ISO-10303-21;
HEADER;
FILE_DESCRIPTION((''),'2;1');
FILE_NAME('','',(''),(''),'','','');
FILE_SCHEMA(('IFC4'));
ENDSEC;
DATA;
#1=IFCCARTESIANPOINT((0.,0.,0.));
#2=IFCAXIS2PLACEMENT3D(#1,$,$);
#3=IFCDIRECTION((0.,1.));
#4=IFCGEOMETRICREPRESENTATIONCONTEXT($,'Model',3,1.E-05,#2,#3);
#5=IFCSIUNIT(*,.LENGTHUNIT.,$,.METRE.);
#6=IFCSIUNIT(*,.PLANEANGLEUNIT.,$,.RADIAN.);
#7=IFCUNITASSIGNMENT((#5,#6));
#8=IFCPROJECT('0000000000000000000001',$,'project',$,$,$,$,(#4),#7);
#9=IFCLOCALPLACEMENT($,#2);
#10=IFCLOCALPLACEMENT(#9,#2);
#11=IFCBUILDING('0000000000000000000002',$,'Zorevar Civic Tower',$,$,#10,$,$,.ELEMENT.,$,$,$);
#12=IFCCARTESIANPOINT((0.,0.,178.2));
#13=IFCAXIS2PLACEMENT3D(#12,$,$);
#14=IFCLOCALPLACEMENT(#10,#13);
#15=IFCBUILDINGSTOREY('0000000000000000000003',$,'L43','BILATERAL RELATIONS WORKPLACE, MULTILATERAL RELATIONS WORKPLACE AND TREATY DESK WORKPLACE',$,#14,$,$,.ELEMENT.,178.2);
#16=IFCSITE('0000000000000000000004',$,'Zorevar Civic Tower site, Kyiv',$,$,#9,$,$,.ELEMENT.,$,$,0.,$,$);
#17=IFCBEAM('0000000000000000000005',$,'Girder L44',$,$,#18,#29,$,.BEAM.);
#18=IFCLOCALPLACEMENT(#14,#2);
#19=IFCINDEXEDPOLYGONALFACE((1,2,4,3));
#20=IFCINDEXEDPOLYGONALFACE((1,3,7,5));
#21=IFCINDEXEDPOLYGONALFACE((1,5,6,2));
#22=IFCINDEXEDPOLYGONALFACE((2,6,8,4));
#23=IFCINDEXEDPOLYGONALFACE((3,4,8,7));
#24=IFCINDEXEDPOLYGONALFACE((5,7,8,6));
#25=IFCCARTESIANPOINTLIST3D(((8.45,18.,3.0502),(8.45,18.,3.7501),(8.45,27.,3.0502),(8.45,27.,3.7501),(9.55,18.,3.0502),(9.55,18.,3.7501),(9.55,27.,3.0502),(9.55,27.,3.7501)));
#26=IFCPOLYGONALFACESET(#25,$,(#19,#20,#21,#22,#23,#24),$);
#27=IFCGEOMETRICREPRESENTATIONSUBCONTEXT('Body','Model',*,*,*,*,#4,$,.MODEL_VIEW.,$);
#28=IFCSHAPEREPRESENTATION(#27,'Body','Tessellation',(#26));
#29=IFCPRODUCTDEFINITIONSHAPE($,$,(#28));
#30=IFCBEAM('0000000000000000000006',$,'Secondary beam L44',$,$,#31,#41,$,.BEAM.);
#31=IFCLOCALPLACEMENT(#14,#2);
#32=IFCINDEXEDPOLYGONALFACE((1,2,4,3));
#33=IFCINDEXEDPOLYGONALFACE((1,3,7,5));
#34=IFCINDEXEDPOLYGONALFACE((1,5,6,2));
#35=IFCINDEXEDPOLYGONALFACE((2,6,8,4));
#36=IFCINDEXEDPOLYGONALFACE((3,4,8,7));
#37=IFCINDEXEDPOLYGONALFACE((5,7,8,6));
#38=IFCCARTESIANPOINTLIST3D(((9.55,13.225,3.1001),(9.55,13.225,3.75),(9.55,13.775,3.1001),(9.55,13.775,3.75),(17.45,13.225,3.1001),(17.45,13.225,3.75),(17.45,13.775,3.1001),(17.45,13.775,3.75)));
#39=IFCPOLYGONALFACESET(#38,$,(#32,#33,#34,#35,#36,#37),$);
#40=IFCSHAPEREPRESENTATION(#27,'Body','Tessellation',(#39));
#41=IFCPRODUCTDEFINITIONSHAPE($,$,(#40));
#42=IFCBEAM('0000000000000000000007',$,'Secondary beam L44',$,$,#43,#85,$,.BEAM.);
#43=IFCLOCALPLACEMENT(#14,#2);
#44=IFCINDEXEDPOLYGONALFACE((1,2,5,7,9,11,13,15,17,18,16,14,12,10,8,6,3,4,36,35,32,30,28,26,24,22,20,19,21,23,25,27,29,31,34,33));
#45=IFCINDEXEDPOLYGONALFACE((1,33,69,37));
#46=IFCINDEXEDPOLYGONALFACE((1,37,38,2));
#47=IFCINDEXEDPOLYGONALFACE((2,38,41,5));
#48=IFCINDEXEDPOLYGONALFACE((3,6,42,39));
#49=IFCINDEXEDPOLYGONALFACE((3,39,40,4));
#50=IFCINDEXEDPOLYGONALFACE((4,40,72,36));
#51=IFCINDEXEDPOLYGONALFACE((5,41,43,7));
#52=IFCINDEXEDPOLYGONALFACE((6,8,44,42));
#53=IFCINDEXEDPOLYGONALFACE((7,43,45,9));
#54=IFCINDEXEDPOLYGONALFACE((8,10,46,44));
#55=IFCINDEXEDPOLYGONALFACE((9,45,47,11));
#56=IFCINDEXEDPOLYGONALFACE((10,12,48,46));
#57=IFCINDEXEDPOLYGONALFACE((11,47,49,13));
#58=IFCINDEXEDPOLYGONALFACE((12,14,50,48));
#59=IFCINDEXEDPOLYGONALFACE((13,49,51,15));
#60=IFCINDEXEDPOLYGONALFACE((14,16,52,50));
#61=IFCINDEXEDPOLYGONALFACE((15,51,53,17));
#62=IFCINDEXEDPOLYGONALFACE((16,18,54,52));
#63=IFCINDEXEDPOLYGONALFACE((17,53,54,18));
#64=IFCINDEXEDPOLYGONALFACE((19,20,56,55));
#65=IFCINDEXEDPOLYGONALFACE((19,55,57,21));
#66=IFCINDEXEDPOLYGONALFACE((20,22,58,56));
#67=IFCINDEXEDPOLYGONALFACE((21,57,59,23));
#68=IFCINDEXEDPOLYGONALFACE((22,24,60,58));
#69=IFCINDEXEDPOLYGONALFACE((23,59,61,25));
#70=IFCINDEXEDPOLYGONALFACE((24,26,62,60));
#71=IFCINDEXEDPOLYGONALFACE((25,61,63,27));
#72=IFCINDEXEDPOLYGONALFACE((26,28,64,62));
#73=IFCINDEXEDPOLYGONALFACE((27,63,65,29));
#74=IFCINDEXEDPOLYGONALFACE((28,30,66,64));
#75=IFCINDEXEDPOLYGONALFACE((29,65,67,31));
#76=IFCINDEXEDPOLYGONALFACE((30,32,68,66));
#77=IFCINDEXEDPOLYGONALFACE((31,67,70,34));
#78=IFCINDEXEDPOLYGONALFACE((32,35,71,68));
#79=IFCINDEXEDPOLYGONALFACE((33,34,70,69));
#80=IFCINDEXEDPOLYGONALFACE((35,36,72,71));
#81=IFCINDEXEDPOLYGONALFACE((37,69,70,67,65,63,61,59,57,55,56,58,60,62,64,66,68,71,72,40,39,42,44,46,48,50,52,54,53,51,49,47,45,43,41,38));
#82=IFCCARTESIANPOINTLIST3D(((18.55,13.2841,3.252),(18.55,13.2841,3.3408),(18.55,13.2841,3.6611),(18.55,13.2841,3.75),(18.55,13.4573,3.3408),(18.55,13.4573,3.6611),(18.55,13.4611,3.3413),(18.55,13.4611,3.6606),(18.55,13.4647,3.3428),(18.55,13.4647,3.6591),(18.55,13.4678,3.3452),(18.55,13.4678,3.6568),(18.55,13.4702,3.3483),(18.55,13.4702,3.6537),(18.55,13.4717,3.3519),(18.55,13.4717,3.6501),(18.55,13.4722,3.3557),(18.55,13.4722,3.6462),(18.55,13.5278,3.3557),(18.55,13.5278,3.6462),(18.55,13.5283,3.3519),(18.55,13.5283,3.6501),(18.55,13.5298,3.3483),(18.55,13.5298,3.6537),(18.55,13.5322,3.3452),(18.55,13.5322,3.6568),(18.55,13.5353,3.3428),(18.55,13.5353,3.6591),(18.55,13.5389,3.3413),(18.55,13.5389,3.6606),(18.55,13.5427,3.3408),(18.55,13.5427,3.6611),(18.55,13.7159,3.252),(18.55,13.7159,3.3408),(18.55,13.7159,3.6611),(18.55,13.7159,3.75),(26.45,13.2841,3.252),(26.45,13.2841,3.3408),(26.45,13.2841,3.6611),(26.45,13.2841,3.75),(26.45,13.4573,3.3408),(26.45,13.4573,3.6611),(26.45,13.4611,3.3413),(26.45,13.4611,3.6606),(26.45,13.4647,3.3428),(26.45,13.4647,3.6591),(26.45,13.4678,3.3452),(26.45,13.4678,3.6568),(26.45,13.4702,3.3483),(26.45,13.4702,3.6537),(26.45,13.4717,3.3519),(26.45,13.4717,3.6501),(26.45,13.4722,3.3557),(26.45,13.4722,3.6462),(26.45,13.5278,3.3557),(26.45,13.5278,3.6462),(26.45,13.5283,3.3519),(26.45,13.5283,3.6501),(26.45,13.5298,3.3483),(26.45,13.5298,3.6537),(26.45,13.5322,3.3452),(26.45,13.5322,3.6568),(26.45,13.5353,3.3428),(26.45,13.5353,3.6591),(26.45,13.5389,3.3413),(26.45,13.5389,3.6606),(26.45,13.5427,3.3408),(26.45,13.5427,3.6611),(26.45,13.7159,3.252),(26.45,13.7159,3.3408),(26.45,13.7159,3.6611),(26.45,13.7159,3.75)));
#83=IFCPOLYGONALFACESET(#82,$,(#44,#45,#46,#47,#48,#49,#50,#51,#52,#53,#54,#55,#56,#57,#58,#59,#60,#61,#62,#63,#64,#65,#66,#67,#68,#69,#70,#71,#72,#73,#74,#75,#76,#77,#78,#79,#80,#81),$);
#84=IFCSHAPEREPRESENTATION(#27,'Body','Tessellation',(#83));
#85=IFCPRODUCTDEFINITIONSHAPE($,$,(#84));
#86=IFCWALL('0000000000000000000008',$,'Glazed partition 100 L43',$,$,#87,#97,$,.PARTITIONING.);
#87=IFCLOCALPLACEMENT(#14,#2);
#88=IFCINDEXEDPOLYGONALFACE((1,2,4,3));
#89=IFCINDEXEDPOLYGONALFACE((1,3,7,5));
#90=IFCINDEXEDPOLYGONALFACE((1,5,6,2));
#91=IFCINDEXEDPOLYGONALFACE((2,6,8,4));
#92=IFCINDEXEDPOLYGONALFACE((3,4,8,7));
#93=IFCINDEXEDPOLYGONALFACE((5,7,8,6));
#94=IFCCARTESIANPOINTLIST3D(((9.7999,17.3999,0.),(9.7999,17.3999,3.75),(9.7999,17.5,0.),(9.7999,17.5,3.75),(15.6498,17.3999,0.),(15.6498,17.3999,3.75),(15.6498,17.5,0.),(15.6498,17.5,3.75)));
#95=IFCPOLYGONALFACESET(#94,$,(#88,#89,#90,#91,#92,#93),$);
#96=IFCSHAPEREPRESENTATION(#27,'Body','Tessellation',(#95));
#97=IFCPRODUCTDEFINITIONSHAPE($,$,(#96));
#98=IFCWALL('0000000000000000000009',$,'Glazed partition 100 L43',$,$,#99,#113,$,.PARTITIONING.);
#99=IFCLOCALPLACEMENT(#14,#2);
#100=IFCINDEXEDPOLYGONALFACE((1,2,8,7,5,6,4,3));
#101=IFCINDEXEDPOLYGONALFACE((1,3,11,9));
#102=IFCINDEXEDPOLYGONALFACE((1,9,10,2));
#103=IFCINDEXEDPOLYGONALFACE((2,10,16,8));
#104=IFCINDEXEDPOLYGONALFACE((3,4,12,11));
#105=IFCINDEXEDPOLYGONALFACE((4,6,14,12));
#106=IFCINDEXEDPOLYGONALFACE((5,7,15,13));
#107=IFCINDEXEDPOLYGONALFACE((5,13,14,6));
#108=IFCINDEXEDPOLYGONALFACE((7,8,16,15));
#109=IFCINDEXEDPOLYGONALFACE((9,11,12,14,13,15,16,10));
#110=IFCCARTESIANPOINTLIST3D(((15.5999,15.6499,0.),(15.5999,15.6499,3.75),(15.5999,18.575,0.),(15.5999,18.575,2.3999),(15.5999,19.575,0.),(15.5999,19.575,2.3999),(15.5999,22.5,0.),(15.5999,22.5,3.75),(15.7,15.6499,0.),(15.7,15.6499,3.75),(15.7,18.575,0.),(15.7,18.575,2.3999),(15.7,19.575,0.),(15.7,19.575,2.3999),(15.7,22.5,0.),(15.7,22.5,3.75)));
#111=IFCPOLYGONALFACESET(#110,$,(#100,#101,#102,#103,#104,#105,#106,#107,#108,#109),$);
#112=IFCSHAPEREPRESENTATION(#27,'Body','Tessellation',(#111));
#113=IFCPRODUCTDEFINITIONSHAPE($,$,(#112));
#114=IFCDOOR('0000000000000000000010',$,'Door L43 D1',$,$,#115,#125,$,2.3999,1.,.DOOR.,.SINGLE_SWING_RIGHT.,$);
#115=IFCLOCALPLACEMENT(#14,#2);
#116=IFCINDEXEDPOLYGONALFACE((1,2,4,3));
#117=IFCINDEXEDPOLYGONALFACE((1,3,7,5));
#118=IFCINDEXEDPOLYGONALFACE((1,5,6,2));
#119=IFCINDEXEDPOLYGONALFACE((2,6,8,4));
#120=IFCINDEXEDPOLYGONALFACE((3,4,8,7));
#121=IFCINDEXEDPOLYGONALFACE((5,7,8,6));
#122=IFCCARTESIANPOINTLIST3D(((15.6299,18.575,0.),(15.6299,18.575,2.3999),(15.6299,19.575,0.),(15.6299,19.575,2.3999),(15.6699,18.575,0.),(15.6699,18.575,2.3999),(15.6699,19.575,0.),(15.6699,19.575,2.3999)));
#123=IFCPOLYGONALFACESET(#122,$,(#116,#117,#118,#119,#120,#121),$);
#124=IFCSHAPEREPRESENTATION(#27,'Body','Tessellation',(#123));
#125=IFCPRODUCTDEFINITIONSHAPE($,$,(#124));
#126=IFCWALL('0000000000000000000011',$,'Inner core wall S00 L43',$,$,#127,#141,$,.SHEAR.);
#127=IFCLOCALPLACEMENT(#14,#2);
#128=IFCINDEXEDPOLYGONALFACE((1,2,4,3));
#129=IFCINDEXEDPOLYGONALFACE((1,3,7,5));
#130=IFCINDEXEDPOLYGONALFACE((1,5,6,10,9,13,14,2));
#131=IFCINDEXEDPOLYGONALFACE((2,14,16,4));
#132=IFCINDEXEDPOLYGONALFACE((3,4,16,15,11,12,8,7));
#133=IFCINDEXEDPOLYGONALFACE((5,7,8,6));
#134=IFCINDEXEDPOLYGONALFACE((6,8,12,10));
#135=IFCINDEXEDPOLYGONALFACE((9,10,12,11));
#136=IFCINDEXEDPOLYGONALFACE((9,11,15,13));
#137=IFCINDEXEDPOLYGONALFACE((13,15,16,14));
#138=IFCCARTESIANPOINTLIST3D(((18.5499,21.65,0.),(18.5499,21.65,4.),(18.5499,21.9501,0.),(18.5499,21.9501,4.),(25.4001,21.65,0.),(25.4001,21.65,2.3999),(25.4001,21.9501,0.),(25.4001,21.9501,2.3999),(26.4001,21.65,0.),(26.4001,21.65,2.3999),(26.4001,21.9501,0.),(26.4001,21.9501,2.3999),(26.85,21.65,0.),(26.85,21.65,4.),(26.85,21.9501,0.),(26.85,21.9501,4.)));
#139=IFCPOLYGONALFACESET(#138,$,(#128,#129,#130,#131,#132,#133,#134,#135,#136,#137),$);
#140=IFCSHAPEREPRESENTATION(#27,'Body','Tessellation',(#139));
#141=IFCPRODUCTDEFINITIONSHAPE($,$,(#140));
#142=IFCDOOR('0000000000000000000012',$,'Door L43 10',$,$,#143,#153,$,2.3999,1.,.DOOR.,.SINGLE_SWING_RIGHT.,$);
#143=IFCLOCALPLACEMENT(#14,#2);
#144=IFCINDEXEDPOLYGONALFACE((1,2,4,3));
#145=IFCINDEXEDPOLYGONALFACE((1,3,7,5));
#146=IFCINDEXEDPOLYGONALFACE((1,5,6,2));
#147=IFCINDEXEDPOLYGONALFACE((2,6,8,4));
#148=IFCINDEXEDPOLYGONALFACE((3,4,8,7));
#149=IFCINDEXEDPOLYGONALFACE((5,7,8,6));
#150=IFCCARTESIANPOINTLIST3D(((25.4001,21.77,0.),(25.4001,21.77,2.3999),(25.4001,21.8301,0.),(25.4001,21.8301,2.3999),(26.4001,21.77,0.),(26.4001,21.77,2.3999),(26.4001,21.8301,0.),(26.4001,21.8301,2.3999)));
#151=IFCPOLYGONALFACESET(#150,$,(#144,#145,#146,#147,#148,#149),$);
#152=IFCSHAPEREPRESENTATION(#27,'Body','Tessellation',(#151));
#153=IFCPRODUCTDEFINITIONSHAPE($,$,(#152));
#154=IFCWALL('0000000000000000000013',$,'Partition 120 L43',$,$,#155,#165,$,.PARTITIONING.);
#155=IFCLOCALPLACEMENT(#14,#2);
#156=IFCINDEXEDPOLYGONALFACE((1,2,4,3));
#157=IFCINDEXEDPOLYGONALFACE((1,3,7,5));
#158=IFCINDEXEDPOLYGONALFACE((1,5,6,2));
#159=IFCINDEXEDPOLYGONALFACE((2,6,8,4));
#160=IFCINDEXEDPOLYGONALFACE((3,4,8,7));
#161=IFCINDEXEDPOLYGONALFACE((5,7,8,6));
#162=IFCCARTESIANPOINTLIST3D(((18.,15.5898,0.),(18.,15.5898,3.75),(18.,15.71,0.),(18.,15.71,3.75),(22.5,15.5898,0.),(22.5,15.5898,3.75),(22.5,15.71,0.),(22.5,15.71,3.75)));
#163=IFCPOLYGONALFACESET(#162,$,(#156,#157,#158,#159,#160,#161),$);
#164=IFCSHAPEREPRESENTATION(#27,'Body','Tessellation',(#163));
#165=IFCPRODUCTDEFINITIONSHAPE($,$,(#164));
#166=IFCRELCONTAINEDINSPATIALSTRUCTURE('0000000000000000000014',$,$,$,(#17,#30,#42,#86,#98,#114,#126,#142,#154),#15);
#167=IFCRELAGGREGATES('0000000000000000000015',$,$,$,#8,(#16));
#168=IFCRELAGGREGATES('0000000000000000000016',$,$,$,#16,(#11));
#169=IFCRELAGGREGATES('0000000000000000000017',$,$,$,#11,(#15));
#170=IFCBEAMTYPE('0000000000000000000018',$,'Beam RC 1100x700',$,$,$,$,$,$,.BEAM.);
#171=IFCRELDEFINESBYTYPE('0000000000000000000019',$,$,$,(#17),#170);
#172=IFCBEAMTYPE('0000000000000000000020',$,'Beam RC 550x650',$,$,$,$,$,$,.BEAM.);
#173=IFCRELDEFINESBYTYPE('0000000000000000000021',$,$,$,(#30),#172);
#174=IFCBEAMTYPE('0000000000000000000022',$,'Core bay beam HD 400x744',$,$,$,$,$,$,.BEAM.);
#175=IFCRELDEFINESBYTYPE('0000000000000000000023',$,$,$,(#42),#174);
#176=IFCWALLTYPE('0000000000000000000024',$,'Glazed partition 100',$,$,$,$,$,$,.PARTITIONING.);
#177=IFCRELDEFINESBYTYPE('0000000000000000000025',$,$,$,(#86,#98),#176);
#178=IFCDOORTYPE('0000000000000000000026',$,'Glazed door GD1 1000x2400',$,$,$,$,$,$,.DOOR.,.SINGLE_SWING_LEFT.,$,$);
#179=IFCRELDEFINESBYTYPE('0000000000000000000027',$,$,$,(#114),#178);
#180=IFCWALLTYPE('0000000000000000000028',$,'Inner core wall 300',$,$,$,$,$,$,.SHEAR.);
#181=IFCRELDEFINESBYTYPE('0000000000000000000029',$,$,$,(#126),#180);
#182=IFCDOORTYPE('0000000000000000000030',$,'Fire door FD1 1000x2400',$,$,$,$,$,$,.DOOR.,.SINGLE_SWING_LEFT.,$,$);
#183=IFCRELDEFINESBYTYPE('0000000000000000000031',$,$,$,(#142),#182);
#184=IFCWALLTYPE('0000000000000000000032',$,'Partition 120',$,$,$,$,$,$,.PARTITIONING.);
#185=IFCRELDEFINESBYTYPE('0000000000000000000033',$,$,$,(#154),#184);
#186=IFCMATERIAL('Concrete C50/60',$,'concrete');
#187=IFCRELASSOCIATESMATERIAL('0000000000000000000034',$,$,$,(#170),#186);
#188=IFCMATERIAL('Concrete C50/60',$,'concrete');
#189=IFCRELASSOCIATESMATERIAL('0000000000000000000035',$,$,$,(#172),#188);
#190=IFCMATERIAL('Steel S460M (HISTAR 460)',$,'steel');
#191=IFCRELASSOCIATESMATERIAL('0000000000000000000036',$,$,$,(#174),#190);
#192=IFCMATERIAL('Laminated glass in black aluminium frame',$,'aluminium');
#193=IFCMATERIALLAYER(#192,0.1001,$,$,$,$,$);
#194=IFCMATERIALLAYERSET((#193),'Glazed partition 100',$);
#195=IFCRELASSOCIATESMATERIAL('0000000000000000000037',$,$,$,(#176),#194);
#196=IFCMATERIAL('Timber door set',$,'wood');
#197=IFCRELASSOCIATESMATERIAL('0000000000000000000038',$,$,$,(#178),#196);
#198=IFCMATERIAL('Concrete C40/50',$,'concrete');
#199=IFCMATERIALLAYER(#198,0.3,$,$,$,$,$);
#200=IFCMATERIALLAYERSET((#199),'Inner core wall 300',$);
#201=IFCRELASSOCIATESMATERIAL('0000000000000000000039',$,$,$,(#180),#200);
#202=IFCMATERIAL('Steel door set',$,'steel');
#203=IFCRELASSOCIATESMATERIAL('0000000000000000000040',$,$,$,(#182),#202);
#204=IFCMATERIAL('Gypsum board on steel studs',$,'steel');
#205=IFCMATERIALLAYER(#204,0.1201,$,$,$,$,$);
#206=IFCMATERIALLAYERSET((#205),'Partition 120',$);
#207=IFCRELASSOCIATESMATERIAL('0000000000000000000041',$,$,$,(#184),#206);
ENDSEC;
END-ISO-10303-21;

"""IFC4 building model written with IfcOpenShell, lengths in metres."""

from ifc_helpers import new_model, si_unit, direction, frame, frame_2d, origin, origin_2d, place, context, subcontext, project, spatial, rectangle, i_section, extrude, material, layer, layer_set, material_profile, profile_set, type_object, element, fill, save


model = new_model("IFC4")

# Units and contexts
model_context = context("Model", 3, precision=1e-05, world=origin(), true_north=direction((0.0, 1.0)))
body_context = subcontext(model_context, "Body", "Model", "MODEL_VIEW")
ifc_project = project(units=[si_unit("LENGTHUNIT", "METRE"), si_unit("PLANEANGLEUNIT", "RADIAN")], contexts=[model_context])

# Site, building, storey
site_placement = place(None, origin())
site = spatial("IfcSite", under=ifc_project, at=site_placement, Name="Zorevar Civic Tower site, Kyiv", CompositionType="ELEMENT", RefElevation=0.0)
building_placement = place(site_placement, origin())
building = spatial("IfcBuilding", under=site, at=building_placement, Name="Zorevar Civic Tower", CompositionType="ELEMENT")
storey_placement = place(building_placement, frame((0.0, 0.0, 178.2)))
storey = spatial("IfcBuildingStorey", under=building, at=storey_placement, Name="L43", Description="BILATERAL RELATIONS WORKPLACE, MULTILATERAL RELATIONS WORKPLACE AND TREATY DESK WORKPLACE", CompositionType="ELEMENT", Elevation=178.2)

# Beams
ifc_material_1 = material(Name="Concrete C50/60", Category="concrete")
ifc_material_profile_1 = material_profile(ifc_material_1, rectangle(XDim=1.1001, YDim=0.7, at=origin_2d()), Name="RC 1100x700")
ifc_profile_set_1 = profile_set([ifc_material_profile_1], Name="Concrete C50/60")
beam_type_1 = type_object("IfcBeamType", Name="Beam RC 1100x700", PredefinedType="BEAM", material=ifc_profile_set_1)
beam_1_placement = place(storey_placement, frame((9.0, 18.0, 3.4001), z_axis=(0.0, 1.0, 0.0), x_axis=(-1.0, 0.0, 0.0)))
element("IfcBeam", 1, at=beam_1_placement, inside=storey, type_object=beam_type_1, Name="Girder L44", PredefinedType="BEAM", context=body_context, shape_type="SweptSolid", body=[
    extrude(rectangle(XDim=1.1001, YDim=0.7, at=origin_2d()), origin(), (0.0, 0.0, 1.0), 9.0),
])
ifc_material_2 = material(Name="Concrete C50/60", Category="concrete")
ifc_material_profile_2 = material_profile(ifc_material_2, rectangle(XDim=0.55, YDim=0.6499, at=origin_2d()), Name="RC 550x650")
ifc_profile_set_2 = profile_set([ifc_material_profile_2], Name="Concrete C50/60")
beam_type_2 = type_object("IfcBeamType", Name="Beam RC 550x650", PredefinedType="BEAM", material=ifc_profile_set_2)
beam_2_placement = place(storey_placement, frame((9.55, 13.5, 3.425), z_axis=(1.0, 0.0, 0.0), x_axis=(0.0, 1.0, 0.0)))
element("IfcBeam", 2, at=beam_2_placement, inside=storey, type_object=beam_type_2, Name="Secondary beam L44", PredefinedType="BEAM", context=body_context, shape_type="SweptSolid", body=[
    extrude(rectangle(XDim=0.55, YDim=0.6499, at=origin_2d()), origin(), (0.0, 0.0, 1.0), 7.8999),
])
ifc_material_3 = material(Name="Steel S460M (HISTAR 460)", Category="steel")
ifc_material_profile_3 = material_profile(ifc_material_3, i_section(OverallWidth=0.4319, OverallDepth=0.498, WebThickness=0.0557, FlangeThickness=0.0889, FilletRadius=0.0149, at=origin_2d()), Name="HD 400x744")
ifc_profile_set_3 = profile_set([ifc_material_profile_3], Name="Steel S460M (HISTAR 460)")
beam_type_3 = type_object("IfcBeamType", Name="Core bay beam HD 400x744", PredefinedType="BEAM", material=ifc_profile_set_3)
beam_3_placement = place(storey_placement, frame((18.55, 13.5, 3.501), z_axis=(1.0, 0.0, 0.0), x_axis=(0.0, 1.0, 0.0)))
element("IfcBeam", 3, at=beam_3_placement, inside=storey, type_object=beam_type_3, Name="Secondary beam L44", PredefinedType="BEAM", context=body_context, shape_type="SweptSolid", body=[
    extrude(i_section(OverallWidth=0.4319, OverallDepth=0.498, WebThickness=0.0557, FlangeThickness=0.0889, FilletRadius=0.0149, at=origin_2d()), origin(), (0.0, 0.0, 1.0), 7.8999),
])

# Shared definitions
ifc_material_4 = material(Name="Laminated glass in black aluminium frame", Category="aluminium")
ifc_layer_1 = layer(ifc_material_4, 0.1001)
ifc_layer_set_1 = layer_set([ifc_layer_1], Name="Glazed partition 100")
wall_type_1 = type_object("IfcWallType", Name="Glazed partition 100", PredefinedType="PARTITIONING", material=ifc_layer_set_1)
ifc_material_5 = material(Name="Timber door set", Category="wood")
door_type_1 = type_object("IfcDoorType", Name="Glazed door GD1 1000x2400", OperationType="SINGLE_SWING_LEFT", PredefinedType="DOOR", material=ifc_material_5)

# Wall
wall_1_placement = place(storey_placement, frame((9.8, 17.45, 0.0), z_axis=(0.0, 0.0, 1.0), x_axis=(1.0, 0.0, 0.0)))
element("IfcWall", 4, at=wall_1_placement, inside=storey, type_object=wall_type_1, Name="Glazed partition 100 L43", PredefinedType="PARTITIONING", context=body_context, shape_type="SweptSolid", body=[
    extrude(rectangle(XDim=5.8499, YDim=0.1001, at=frame_2d((2.9248, 0.0))), origin(), (0.0, 0.0, 1.0), 3.75),
])

# Walls, openings, doors
wall_2_placement = place(storey_placement, frame((15.6499, 15.6499, 0.0), z_axis=(0.0, 0.0, 1.0), x_axis=(0.0, 1.0, 0.0)))
wall_2 = element("IfcWall", 5, at=wall_2_placement, inside=storey, type_object=wall_type_1, Name="Glazed partition 100 L43", PredefinedType="PARTITIONING", context=body_context, shape_type="SweptSolid", body=[
    extrude(rectangle(XDim=6.8501, YDim=0.1001, at=frame_2d((3.425, 0.0))), origin(), (0.0, 0.0, 1.0), 3.75),
])
opening_1_placement = place(wall_2_placement, frame((2.925, 0.0, 0.0)))
opening_1 = element("IfcOpeningElement", 6, at=opening_1_placement, cuts=wall_2, PredefinedType="OPENING", context=body_context, shape_type="SweptSolid", body=[
    extrude(rectangle(XDim=1.0, YDim=2.3999, at=frame_2d((0.5, 1.2))), frame((0.0, 0.0601, 0.0), z_axis=(0.0, -1.0, 0.0), x_axis=(1.0, 0.0, 0.0)), (0.0, 0.0, 1.0), 0.1201),
])
door_1_placement = place(opening_1_placement, origin())
door_1 = element("IfcDoor", 7, at=door_1_placement, inside=storey, type_object=door_type_1, Name="Door L43 D1", OperationType="SINGLE_SWING_RIGHT", OverallHeight=2.3999, OverallWidth=1.0, PredefinedType="DOOR", context=body_context, shape_type="SweptSolid", body=[
    extrude(rectangle(XDim=1.0, YDim=2.3999, at=frame_2d((0.5, 1.2))), frame((0.0, 0.02, 0.0), z_axis=(0.0, -1.0, 0.0), x_axis=(1.0, 0.0, 0.0)), (0.0, 0.0, 1.0), 0.04),
])
fill(opening_1, door_1)
ifc_material_6 = material(Name="Concrete C40/50", Category="concrete")
ifc_layer_2 = layer(ifc_material_6, 0.3)
ifc_layer_set_2 = layer_set([ifc_layer_2], Name="Inner core wall 300")
wall_type_2 = type_object("IfcWallType", Name="Inner core wall 300", PredefinedType="SHEAR", material=ifc_layer_set_2)
wall_3_placement = place(storey_placement, frame((18.55, 21.8, 0.0), z_axis=(0.0, 0.0, 1.0), x_axis=(1.0, 0.0, 0.0)))
wall_3 = element("IfcWall", 8, at=wall_3_placement, inside=storey, type_object=wall_type_2, Name="Inner core wall S00 L43", PredefinedType="SHEAR", context=body_context, shape_type="SweptSolid", body=[
    extrude(rectangle(XDim=8.3, YDim=0.3, at=frame_2d((4.1499, 0.0))), origin(), (0.0, 0.0, 1.0), 4.0),
])
opening_2_placement = place(wall_3_placement, frame((6.8501, 0.0, 0.0)))
opening_2 = element("IfcOpeningElement", 9, at=opening_2_placement, cuts=wall_3, PredefinedType="OPENING", context=body_context, shape_type="SweptSolid", body=[
    extrude(rectangle(XDim=1.0, YDim=2.3999, at=frame_2d((0.5, 1.2))), frame((0.0, 0.1599, 0.0), z_axis=(0.0, -1.0, 0.0), x_axis=(1.0, 0.0, 0.0)), (0.0, 0.0, 1.0), 0.3201),
])
ifc_material_7 = material(Name="Steel door set", Category="steel")
door_type_2 = type_object("IfcDoorType", Name="Fire door FD1 1000x2400", OperationType="SINGLE_SWING_LEFT", PredefinedType="DOOR", material=ifc_material_7)
door_2_placement = place(opening_2_placement, origin())
door_2 = element("IfcDoor", 10, at=door_2_placement, inside=storey, type_object=door_type_2, Name="Door L43 10", OperationType="SINGLE_SWING_RIGHT", OverallHeight=2.3999, OverallWidth=1.0, PredefinedType="DOOR", context=body_context, shape_type="SweptSolid", body=[
    extrude(rectangle(XDim=1.0, YDim=2.3999, at=frame_2d((0.5, 1.2))), frame((0.0, 0.03, 0.0), z_axis=(0.0, -1.0, 0.0), x_axis=(1.0, 0.0, 0.0)), (0.0, 0.0, 1.0), 0.0601),
])
fill(opening_2, door_2)

# Wall
ifc_material_8 = material(Name="Gypsum board on steel studs", Category="steel")
ifc_layer_3 = layer(ifc_material_8, 0.1201)
ifc_layer_set_3 = layer_set([ifc_layer_3], Name="Partition 120")
wall_type_3 = type_object("IfcWallType", Name="Partition 120", PredefinedType="PARTITIONING", material=ifc_layer_set_3)
wall_4_placement = place(storey_placement, frame((18.0, 15.6499, 0.0), z_axis=(0.0, 0.0, 1.0), x_axis=(1.0, 0.0, 0.0)))
element("IfcWall", 11, at=wall_4_placement, inside=storey, type_object=wall_type_3, Name="Partition 120 L43", PredefinedType="PARTITIONING", context=body_context, shape_type="SweptSolid", body=[
    extrude(rectangle(XDim=4.5, YDim=0.1201, at=frame_2d((2.25, 0.0))), origin(), (0.0, 0.0, 1.0), 3.75),
])

save(model, "model.ifc")
